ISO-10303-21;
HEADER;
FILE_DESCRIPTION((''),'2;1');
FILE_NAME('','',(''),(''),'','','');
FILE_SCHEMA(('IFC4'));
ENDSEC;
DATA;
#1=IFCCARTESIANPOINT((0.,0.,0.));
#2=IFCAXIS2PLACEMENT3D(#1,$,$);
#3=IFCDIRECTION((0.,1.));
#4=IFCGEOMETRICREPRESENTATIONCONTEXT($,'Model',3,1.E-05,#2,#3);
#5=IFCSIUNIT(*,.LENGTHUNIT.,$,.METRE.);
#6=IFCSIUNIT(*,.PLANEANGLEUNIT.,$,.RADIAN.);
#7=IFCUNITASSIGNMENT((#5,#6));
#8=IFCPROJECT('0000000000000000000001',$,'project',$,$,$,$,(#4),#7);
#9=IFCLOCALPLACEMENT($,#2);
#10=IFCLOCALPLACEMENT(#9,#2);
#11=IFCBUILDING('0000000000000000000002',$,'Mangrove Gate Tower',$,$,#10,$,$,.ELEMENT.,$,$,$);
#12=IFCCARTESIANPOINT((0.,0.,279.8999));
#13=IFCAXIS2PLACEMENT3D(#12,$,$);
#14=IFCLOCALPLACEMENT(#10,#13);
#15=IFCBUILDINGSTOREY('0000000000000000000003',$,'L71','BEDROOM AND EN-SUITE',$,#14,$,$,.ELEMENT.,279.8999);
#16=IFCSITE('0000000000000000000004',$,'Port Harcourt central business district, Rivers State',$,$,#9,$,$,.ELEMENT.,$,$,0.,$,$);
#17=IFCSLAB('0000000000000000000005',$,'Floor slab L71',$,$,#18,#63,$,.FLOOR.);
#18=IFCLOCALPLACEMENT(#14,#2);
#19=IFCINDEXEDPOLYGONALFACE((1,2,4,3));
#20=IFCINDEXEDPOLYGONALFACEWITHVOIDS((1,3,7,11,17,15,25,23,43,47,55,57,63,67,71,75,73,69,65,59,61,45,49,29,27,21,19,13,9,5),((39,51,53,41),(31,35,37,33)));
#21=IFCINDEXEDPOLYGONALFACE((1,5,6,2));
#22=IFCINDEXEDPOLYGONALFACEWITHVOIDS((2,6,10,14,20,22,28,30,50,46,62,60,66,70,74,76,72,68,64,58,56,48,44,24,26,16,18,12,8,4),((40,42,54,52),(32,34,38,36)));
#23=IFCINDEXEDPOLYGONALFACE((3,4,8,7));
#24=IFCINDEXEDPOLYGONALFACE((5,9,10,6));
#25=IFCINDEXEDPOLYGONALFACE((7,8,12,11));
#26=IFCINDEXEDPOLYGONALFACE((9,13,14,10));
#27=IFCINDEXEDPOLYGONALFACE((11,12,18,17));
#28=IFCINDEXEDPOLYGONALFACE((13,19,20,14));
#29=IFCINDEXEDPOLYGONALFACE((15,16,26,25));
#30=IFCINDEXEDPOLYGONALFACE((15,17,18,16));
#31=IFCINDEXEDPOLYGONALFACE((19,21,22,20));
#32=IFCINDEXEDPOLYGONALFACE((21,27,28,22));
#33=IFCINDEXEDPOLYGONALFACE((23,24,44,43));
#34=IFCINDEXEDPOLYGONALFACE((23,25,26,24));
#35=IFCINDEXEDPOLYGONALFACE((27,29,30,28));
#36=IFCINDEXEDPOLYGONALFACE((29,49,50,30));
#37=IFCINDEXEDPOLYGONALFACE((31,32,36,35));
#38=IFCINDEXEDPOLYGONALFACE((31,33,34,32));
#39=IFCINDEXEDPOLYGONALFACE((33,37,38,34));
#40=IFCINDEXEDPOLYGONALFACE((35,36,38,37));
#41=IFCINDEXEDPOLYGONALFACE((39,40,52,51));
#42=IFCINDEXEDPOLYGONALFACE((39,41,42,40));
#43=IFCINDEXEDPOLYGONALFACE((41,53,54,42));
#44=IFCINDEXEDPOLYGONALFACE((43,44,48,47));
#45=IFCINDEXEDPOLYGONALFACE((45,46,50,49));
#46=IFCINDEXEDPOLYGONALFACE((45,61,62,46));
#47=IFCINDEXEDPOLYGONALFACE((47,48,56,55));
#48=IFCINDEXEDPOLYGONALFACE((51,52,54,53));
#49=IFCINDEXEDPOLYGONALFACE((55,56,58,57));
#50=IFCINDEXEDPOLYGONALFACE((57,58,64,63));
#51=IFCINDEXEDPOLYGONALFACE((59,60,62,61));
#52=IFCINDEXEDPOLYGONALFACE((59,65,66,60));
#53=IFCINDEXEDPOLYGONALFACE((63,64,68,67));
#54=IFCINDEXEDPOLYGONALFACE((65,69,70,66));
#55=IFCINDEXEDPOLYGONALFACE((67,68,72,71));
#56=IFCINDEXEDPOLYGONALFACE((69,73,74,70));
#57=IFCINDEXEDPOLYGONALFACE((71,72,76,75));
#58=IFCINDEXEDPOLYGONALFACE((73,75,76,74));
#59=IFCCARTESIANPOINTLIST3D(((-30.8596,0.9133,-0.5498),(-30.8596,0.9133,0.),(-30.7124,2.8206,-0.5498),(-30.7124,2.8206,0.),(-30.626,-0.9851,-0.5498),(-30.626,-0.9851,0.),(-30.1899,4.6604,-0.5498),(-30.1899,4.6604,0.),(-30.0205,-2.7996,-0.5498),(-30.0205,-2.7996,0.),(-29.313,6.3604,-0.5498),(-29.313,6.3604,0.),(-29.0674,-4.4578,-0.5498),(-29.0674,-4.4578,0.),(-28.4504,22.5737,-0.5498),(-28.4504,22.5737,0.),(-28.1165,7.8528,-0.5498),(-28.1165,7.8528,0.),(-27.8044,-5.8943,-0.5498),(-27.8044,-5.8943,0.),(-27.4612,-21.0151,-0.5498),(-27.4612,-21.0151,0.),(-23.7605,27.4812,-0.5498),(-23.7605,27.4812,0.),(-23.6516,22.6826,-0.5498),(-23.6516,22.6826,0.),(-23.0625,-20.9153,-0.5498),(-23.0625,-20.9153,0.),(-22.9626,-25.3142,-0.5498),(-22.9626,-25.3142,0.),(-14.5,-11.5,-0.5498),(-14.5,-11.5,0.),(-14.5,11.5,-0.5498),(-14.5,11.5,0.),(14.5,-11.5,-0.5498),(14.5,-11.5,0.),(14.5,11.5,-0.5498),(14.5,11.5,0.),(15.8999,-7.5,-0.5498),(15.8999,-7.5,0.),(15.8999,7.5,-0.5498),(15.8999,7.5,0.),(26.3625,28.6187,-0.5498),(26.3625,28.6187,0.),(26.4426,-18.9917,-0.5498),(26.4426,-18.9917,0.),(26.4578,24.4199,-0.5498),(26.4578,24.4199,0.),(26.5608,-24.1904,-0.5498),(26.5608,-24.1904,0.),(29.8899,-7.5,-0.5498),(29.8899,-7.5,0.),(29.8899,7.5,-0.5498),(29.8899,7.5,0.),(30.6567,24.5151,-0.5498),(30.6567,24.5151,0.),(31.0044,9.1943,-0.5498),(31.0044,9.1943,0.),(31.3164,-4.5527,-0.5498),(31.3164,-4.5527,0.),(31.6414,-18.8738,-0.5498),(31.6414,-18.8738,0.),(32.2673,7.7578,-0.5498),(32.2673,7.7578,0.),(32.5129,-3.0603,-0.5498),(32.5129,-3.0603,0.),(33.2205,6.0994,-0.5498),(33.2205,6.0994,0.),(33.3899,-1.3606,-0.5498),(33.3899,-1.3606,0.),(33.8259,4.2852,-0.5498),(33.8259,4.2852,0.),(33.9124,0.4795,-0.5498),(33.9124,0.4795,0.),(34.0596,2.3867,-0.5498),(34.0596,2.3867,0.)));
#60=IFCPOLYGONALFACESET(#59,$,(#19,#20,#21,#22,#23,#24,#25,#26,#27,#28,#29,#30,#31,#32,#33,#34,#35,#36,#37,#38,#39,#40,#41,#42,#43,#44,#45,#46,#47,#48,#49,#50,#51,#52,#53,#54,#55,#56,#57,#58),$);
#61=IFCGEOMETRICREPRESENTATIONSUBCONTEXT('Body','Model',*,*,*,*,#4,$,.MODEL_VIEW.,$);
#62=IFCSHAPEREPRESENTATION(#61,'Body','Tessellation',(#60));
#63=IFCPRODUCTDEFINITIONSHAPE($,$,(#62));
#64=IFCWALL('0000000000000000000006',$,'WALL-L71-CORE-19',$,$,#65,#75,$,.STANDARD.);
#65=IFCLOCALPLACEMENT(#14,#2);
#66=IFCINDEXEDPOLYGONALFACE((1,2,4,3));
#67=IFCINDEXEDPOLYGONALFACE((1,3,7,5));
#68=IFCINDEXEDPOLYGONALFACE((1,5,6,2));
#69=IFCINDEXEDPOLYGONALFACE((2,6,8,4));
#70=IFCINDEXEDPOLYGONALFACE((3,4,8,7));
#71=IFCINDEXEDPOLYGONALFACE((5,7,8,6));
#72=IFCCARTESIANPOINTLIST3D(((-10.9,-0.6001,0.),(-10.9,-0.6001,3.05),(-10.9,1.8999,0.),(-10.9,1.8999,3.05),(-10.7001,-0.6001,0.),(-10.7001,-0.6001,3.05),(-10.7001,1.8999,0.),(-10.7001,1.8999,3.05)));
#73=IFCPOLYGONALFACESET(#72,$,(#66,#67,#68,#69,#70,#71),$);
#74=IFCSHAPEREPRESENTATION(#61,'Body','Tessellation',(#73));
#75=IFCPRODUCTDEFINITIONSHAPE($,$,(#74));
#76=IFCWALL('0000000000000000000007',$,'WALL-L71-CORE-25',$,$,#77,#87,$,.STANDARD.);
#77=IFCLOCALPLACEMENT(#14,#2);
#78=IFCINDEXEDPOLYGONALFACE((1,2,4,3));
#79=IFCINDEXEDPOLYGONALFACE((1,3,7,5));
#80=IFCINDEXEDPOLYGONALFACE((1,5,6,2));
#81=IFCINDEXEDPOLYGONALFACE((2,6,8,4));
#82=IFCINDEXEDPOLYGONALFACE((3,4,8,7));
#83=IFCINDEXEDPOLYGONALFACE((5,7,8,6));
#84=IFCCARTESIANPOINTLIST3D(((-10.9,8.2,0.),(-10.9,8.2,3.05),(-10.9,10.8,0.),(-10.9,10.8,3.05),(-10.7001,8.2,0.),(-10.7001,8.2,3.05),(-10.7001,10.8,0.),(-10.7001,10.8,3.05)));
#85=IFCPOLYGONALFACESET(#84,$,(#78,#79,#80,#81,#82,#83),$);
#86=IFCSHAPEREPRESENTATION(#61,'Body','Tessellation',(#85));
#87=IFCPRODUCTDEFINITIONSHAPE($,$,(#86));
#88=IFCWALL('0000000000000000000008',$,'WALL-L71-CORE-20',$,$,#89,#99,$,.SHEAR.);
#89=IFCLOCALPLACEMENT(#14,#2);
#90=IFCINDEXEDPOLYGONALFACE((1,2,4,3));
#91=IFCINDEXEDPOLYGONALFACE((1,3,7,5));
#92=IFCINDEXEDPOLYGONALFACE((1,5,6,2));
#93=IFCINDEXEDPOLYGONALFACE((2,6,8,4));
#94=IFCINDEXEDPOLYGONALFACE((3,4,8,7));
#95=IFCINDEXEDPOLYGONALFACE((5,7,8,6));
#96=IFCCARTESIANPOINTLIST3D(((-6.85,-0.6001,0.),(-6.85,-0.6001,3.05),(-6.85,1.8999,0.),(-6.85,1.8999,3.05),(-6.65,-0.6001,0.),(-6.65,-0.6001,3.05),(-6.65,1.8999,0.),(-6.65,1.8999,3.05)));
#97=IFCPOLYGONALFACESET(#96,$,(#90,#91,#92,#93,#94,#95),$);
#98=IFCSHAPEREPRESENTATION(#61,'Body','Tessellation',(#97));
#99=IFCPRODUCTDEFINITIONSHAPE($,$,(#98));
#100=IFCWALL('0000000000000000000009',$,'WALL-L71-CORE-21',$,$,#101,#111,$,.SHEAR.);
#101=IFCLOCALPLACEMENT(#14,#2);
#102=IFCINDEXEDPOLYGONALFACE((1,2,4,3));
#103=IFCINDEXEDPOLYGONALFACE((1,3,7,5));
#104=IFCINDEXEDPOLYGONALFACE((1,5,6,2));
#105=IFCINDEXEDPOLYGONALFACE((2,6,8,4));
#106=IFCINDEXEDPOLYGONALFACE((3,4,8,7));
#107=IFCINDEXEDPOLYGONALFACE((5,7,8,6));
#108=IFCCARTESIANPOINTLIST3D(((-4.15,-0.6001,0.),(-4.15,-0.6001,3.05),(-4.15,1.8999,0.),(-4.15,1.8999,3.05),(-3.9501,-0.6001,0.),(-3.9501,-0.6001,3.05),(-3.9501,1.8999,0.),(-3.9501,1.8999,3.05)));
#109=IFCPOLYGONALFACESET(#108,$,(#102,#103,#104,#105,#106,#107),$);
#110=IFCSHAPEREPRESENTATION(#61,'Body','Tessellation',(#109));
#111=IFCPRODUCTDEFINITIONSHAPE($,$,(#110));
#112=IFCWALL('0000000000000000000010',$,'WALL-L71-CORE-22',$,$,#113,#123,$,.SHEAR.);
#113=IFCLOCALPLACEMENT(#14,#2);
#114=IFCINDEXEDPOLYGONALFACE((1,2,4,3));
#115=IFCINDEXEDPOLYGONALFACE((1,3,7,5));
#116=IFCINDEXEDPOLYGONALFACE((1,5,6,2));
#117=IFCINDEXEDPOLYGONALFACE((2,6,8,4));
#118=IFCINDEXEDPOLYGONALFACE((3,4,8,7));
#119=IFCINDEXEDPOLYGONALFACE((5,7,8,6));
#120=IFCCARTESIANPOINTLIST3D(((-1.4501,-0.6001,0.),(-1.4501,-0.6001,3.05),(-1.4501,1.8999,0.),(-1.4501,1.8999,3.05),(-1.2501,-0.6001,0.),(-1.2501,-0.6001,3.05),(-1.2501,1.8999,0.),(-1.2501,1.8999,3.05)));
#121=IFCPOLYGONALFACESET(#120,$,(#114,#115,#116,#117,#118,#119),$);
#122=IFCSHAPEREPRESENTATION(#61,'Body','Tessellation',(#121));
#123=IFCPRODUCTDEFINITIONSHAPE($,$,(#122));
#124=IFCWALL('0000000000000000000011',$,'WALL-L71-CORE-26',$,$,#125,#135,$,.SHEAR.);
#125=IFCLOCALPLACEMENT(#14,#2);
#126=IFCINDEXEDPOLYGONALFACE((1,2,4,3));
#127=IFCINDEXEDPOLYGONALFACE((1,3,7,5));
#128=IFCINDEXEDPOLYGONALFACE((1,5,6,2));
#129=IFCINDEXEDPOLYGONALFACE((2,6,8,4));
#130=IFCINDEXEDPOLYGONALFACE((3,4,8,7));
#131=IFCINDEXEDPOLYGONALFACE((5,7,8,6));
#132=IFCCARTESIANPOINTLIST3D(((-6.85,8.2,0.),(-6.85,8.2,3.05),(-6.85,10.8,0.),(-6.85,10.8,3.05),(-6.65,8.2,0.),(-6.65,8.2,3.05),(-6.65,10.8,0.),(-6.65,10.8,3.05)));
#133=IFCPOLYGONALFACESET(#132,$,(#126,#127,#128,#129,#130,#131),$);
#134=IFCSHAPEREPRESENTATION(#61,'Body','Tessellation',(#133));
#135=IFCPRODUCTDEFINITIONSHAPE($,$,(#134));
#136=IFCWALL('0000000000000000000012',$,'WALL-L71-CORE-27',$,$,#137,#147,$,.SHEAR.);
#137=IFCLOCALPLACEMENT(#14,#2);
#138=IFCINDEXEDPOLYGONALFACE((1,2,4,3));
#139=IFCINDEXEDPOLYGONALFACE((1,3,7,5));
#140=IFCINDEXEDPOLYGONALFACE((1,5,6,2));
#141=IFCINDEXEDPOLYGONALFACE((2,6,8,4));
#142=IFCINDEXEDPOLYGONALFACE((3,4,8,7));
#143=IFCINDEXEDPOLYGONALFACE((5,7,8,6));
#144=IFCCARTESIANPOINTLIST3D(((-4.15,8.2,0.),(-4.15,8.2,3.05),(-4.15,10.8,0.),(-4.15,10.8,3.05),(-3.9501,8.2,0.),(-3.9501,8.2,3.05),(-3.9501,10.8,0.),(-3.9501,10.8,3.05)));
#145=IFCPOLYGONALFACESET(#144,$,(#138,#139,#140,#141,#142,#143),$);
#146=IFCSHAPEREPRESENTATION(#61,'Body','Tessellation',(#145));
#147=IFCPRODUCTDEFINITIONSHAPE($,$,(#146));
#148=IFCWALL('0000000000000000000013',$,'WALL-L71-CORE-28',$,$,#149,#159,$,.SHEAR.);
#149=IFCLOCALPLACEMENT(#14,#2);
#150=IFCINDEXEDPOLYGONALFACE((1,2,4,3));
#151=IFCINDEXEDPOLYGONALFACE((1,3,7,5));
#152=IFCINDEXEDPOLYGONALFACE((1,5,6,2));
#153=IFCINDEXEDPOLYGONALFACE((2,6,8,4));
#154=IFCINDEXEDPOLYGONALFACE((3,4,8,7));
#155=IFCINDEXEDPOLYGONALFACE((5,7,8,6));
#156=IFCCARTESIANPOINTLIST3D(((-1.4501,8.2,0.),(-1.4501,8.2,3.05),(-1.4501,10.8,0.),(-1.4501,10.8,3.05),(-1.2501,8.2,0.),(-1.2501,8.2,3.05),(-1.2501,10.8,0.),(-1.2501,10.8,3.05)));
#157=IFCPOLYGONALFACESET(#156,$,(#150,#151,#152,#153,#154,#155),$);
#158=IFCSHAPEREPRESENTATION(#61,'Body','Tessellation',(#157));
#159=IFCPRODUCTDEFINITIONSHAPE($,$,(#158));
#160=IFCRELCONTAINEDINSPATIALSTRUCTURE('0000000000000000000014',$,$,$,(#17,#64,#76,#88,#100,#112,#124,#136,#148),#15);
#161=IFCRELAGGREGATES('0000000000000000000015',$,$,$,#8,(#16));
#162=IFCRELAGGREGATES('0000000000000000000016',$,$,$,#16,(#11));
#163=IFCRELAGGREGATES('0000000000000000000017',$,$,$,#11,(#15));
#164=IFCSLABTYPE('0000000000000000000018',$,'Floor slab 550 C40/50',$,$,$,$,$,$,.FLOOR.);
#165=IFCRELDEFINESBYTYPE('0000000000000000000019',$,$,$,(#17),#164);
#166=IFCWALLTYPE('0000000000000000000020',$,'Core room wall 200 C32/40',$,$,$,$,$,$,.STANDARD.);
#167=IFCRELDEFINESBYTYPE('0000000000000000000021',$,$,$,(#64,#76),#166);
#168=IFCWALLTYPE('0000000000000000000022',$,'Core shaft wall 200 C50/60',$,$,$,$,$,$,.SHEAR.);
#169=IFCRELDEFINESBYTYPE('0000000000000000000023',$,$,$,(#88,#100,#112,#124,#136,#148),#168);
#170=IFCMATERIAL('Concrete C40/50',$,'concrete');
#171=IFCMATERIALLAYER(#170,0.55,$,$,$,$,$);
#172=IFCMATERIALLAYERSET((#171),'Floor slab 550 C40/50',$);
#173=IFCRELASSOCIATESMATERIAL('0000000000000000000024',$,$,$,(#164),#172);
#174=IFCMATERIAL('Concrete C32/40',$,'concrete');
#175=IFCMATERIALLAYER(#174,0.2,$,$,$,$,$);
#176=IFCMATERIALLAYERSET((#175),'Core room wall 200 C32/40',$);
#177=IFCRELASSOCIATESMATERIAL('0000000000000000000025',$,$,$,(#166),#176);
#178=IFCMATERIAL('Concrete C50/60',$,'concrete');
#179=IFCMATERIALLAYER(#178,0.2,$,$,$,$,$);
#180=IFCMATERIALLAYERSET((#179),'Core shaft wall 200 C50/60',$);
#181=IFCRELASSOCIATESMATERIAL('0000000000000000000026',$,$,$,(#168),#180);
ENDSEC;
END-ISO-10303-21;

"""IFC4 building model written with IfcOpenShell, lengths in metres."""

from ifc_helpers import new_model, si_unit, direction, frame, frame_2d, origin, place, context, subcontext, project, spatial, polyline, rectangle, outline, extrude, material, layer, layer_set, type_object, element, save


model = new_model("IFC4")

# Units and contexts
model_context = context("Model", 3, precision=1e-05, world=origin(), true_north=direction((0.0, 1.0)))
body_context = subcontext(model_context, "Body", "Model", "MODEL_VIEW")
ifc_project = project(units=[si_unit("LENGTHUNIT", "METRE"), si_unit("PLANEANGLEUNIT", "RADIAN")], contexts=[model_context])

# Site, building, storey
site_placement = place(None, origin())
site = spatial("IfcSite", under=ifc_project, at=site_placement, Name="Port Harcourt central business district, Rivers State", CompositionType="ELEMENT", RefElevation=0.0)
building_placement = place(site_placement, origin())
building = spatial("IfcBuilding", under=site, at=building_placement, Name="Mangrove Gate Tower", CompositionType="ELEMENT")
storey_placement = place(building_placement, frame((0.0, 0.0, 279.8999)))
storey = spatial("IfcBuildingStorey", under=building, at=storey_placement, Name="L71", Description="BEDROOM AND EN-SUITE", CompositionType="ELEMENT", Elevation=279.8999)

# Slab
ifc_material_1 = material(Name="Concrete C40/50", Category="concrete")
ifc_layer_1 = layer(ifc_material_1, 0.55)
ifc_layer_set_1 = layer_set([ifc_layer_1], Name="Floor slab 550 C40/50")
slab_type = type_object("IfcSlabType", Name="Floor slab 550 C40/50", PredefinedType="FLOOR", material=ifc_layer_set_1)
slab_placement = place(storey_placement, frame((0.0, 0.0, -0.5498)))
element("IfcSlab", 1, at=slab_placement, inside=storey, type_object=slab_type, Name="Floor slab L71", PredefinedType="FLOOR", context=body_context, shape_type="SweptSolid", body=[
    extrude(outline(polyline([(-22.9626, -25.3142), (26.5608, -24.1904), (26.4426, -18.9917), (31.6414, -18.8738), (31.3164, -4.5527), (32.5129, -3.0603), (33.3899, -1.3606), (33.9124, 0.4795), (34.0596, 2.3867), (33.8259, 4.2852), (33.2205, 6.0994), (32.2673, 7.7578), (31.0044, 9.1943), (30.6567, 24.5151), (26.4578, 24.4199), (26.3625, 28.6187), (-23.7605, 27.4812), (-23.6516, 22.6826), (-28.4504, 22.5737), (-28.1165, 7.8528), (-29.313, 6.3604), (-30.1899, 4.6604), (-30.7124, 2.8206), (-30.8596, 0.9133), (-30.626, -0.9851), (-30.0205, -2.7996), (-29.0674, -4.4578), (-27.8044, -5.8943), (-27.4612, -21.0151), (-23.0625, -20.9153), (-22.9626, -25.3142)]), holes=[polyline([(15.8999, 7.5), (29.8899, 7.5), (29.8899, -7.5), (15.8999, -7.5), (15.8999, 7.5)]), polyline([(-14.5, -11.5), (-14.5, 11.5), (14.5, 11.5), (14.5, -11.5), (-14.5, -11.5)])]), origin(), (0.0, 0.0, 1.0), 0.5498),
])

# Walls
ifc_material_2 = material(Name="Concrete C32/40", Category="concrete")
ifc_layer_2 = layer(ifc_material_2, 0.2)
ifc_layer_set_2 = layer_set([ifc_layer_2], Name="Core room wall 200 C32/40")
wall_type_1 = type_object("IfcWallType", Name="Core room wall 200 C32/40", PredefinedType="STANDARD", material=ifc_layer_set_2)
wall_1_placement = place(storey_placement, frame((-10.8, -0.6001, 0.0), z_axis=(0.0, 0.0, 1.0), x_axis=(0.0, 1.0, 0.0)))
element("IfcWall", 2, at=wall_1_placement, inside=storey, type_object=wall_type_1, Name="WALL-L71-CORE-19", PredefinedType="STANDARD", context=body_context, shape_type="SweptSolid", body=[
    extrude(rectangle(XDim=2.5, YDim=0.2, at=frame_2d((1.25, 0.0))), origin(), (0.0, 0.0, 1.0), 3.05),
])
wall_2_placement = place(storey_placement, frame((-10.8, 8.2, 0.0), z_axis=(0.0, 0.0, 1.0), x_axis=(0.0, 1.0, 0.0)))
element("IfcWall", 3, at=wall_2_placement, inside=storey, type_object=wall_type_1, Name="WALL-L71-CORE-25", PredefinedType="STANDARD", context=body_context, shape_type="SweptSolid", body=[
    extrude(rectangle(XDim=2.6001, YDim=0.2, at=frame_2d((1.3, 0.0))), origin(), (0.0, 0.0, 1.0), 3.05),
])
ifc_material_3 = material(Name="Concrete C50/60", Category="concrete")
ifc_layer_3 = layer(ifc_material_3, 0.2)
ifc_layer_set_3 = layer_set([ifc_layer_3], Name="Core shaft wall 200 C50/60")
wall_type_2 = type_object("IfcWallType", Name="Core shaft wall 200 C50/60", PredefinedType="SHEAR", material=ifc_layer_set_3)
for number, where, z_axis, x_axis, name in (
    (4, (-6.75, -0.6001, 0.0), (0.0, 0.0, 1.0), (0.0, 1.0, 0.0), "WALL-L71-CORE-20"),
    (5, (-4.05, -0.6001, 0.0), (0.0, 0.0, 1.0), (0.0, 1.0, 0.0), "WALL-L71-CORE-21"),
    (6, (-1.3501, -0.6001, 0.0), (0.0, 0.0, 1.0), (0.0, 1.0, 0.0), "WALL-L71-CORE-22"),
):
    element("IfcWall", number, at=place(storey_placement, frame(where, z_axis=z_axis, x_axis=x_axis)), inside=storey, type_object=wall_type_2, Name=name, PredefinedType="SHEAR", context=body_context, shape_type="SweptSolid", body=[
        extrude(rectangle(XDim=2.5, YDim=0.2, at=frame_2d((1.25, 0.0))), origin(), (0.0, 0.0, 1.0), 3.05),
    ])
for number, where, z_axis, x_axis, name in (
    (7, (-6.75, 8.2, 0.0), (0.0, 0.0, 1.0), (0.0, 1.0, 0.0), "WALL-L71-CORE-26"),
    (8, (-4.05, 8.2, 0.0), (0.0, 0.0, 1.0), (0.0, 1.0, 0.0), "WALL-L71-CORE-27"),
    (9, (-1.3501, 8.2, 0.0), (0.0, 0.0, 1.0), (0.0, 1.0, 0.0), "WALL-L71-CORE-28"),
):
    element("IfcWall", number, at=place(storey_placement, frame(where, z_axis=z_axis, x_axis=x_axis)), inside=storey, type_object=wall_type_2, Name=name, PredefinedType="SHEAR", context=body_context, shape_type="SweptSolid", body=[
        extrude(rectangle(XDim=2.6001, YDim=0.2, at=frame_2d((1.3, 0.0))), origin(), (0.0, 0.0, 1.0), 3.05),
    ])

save(model, "model.ifc")
